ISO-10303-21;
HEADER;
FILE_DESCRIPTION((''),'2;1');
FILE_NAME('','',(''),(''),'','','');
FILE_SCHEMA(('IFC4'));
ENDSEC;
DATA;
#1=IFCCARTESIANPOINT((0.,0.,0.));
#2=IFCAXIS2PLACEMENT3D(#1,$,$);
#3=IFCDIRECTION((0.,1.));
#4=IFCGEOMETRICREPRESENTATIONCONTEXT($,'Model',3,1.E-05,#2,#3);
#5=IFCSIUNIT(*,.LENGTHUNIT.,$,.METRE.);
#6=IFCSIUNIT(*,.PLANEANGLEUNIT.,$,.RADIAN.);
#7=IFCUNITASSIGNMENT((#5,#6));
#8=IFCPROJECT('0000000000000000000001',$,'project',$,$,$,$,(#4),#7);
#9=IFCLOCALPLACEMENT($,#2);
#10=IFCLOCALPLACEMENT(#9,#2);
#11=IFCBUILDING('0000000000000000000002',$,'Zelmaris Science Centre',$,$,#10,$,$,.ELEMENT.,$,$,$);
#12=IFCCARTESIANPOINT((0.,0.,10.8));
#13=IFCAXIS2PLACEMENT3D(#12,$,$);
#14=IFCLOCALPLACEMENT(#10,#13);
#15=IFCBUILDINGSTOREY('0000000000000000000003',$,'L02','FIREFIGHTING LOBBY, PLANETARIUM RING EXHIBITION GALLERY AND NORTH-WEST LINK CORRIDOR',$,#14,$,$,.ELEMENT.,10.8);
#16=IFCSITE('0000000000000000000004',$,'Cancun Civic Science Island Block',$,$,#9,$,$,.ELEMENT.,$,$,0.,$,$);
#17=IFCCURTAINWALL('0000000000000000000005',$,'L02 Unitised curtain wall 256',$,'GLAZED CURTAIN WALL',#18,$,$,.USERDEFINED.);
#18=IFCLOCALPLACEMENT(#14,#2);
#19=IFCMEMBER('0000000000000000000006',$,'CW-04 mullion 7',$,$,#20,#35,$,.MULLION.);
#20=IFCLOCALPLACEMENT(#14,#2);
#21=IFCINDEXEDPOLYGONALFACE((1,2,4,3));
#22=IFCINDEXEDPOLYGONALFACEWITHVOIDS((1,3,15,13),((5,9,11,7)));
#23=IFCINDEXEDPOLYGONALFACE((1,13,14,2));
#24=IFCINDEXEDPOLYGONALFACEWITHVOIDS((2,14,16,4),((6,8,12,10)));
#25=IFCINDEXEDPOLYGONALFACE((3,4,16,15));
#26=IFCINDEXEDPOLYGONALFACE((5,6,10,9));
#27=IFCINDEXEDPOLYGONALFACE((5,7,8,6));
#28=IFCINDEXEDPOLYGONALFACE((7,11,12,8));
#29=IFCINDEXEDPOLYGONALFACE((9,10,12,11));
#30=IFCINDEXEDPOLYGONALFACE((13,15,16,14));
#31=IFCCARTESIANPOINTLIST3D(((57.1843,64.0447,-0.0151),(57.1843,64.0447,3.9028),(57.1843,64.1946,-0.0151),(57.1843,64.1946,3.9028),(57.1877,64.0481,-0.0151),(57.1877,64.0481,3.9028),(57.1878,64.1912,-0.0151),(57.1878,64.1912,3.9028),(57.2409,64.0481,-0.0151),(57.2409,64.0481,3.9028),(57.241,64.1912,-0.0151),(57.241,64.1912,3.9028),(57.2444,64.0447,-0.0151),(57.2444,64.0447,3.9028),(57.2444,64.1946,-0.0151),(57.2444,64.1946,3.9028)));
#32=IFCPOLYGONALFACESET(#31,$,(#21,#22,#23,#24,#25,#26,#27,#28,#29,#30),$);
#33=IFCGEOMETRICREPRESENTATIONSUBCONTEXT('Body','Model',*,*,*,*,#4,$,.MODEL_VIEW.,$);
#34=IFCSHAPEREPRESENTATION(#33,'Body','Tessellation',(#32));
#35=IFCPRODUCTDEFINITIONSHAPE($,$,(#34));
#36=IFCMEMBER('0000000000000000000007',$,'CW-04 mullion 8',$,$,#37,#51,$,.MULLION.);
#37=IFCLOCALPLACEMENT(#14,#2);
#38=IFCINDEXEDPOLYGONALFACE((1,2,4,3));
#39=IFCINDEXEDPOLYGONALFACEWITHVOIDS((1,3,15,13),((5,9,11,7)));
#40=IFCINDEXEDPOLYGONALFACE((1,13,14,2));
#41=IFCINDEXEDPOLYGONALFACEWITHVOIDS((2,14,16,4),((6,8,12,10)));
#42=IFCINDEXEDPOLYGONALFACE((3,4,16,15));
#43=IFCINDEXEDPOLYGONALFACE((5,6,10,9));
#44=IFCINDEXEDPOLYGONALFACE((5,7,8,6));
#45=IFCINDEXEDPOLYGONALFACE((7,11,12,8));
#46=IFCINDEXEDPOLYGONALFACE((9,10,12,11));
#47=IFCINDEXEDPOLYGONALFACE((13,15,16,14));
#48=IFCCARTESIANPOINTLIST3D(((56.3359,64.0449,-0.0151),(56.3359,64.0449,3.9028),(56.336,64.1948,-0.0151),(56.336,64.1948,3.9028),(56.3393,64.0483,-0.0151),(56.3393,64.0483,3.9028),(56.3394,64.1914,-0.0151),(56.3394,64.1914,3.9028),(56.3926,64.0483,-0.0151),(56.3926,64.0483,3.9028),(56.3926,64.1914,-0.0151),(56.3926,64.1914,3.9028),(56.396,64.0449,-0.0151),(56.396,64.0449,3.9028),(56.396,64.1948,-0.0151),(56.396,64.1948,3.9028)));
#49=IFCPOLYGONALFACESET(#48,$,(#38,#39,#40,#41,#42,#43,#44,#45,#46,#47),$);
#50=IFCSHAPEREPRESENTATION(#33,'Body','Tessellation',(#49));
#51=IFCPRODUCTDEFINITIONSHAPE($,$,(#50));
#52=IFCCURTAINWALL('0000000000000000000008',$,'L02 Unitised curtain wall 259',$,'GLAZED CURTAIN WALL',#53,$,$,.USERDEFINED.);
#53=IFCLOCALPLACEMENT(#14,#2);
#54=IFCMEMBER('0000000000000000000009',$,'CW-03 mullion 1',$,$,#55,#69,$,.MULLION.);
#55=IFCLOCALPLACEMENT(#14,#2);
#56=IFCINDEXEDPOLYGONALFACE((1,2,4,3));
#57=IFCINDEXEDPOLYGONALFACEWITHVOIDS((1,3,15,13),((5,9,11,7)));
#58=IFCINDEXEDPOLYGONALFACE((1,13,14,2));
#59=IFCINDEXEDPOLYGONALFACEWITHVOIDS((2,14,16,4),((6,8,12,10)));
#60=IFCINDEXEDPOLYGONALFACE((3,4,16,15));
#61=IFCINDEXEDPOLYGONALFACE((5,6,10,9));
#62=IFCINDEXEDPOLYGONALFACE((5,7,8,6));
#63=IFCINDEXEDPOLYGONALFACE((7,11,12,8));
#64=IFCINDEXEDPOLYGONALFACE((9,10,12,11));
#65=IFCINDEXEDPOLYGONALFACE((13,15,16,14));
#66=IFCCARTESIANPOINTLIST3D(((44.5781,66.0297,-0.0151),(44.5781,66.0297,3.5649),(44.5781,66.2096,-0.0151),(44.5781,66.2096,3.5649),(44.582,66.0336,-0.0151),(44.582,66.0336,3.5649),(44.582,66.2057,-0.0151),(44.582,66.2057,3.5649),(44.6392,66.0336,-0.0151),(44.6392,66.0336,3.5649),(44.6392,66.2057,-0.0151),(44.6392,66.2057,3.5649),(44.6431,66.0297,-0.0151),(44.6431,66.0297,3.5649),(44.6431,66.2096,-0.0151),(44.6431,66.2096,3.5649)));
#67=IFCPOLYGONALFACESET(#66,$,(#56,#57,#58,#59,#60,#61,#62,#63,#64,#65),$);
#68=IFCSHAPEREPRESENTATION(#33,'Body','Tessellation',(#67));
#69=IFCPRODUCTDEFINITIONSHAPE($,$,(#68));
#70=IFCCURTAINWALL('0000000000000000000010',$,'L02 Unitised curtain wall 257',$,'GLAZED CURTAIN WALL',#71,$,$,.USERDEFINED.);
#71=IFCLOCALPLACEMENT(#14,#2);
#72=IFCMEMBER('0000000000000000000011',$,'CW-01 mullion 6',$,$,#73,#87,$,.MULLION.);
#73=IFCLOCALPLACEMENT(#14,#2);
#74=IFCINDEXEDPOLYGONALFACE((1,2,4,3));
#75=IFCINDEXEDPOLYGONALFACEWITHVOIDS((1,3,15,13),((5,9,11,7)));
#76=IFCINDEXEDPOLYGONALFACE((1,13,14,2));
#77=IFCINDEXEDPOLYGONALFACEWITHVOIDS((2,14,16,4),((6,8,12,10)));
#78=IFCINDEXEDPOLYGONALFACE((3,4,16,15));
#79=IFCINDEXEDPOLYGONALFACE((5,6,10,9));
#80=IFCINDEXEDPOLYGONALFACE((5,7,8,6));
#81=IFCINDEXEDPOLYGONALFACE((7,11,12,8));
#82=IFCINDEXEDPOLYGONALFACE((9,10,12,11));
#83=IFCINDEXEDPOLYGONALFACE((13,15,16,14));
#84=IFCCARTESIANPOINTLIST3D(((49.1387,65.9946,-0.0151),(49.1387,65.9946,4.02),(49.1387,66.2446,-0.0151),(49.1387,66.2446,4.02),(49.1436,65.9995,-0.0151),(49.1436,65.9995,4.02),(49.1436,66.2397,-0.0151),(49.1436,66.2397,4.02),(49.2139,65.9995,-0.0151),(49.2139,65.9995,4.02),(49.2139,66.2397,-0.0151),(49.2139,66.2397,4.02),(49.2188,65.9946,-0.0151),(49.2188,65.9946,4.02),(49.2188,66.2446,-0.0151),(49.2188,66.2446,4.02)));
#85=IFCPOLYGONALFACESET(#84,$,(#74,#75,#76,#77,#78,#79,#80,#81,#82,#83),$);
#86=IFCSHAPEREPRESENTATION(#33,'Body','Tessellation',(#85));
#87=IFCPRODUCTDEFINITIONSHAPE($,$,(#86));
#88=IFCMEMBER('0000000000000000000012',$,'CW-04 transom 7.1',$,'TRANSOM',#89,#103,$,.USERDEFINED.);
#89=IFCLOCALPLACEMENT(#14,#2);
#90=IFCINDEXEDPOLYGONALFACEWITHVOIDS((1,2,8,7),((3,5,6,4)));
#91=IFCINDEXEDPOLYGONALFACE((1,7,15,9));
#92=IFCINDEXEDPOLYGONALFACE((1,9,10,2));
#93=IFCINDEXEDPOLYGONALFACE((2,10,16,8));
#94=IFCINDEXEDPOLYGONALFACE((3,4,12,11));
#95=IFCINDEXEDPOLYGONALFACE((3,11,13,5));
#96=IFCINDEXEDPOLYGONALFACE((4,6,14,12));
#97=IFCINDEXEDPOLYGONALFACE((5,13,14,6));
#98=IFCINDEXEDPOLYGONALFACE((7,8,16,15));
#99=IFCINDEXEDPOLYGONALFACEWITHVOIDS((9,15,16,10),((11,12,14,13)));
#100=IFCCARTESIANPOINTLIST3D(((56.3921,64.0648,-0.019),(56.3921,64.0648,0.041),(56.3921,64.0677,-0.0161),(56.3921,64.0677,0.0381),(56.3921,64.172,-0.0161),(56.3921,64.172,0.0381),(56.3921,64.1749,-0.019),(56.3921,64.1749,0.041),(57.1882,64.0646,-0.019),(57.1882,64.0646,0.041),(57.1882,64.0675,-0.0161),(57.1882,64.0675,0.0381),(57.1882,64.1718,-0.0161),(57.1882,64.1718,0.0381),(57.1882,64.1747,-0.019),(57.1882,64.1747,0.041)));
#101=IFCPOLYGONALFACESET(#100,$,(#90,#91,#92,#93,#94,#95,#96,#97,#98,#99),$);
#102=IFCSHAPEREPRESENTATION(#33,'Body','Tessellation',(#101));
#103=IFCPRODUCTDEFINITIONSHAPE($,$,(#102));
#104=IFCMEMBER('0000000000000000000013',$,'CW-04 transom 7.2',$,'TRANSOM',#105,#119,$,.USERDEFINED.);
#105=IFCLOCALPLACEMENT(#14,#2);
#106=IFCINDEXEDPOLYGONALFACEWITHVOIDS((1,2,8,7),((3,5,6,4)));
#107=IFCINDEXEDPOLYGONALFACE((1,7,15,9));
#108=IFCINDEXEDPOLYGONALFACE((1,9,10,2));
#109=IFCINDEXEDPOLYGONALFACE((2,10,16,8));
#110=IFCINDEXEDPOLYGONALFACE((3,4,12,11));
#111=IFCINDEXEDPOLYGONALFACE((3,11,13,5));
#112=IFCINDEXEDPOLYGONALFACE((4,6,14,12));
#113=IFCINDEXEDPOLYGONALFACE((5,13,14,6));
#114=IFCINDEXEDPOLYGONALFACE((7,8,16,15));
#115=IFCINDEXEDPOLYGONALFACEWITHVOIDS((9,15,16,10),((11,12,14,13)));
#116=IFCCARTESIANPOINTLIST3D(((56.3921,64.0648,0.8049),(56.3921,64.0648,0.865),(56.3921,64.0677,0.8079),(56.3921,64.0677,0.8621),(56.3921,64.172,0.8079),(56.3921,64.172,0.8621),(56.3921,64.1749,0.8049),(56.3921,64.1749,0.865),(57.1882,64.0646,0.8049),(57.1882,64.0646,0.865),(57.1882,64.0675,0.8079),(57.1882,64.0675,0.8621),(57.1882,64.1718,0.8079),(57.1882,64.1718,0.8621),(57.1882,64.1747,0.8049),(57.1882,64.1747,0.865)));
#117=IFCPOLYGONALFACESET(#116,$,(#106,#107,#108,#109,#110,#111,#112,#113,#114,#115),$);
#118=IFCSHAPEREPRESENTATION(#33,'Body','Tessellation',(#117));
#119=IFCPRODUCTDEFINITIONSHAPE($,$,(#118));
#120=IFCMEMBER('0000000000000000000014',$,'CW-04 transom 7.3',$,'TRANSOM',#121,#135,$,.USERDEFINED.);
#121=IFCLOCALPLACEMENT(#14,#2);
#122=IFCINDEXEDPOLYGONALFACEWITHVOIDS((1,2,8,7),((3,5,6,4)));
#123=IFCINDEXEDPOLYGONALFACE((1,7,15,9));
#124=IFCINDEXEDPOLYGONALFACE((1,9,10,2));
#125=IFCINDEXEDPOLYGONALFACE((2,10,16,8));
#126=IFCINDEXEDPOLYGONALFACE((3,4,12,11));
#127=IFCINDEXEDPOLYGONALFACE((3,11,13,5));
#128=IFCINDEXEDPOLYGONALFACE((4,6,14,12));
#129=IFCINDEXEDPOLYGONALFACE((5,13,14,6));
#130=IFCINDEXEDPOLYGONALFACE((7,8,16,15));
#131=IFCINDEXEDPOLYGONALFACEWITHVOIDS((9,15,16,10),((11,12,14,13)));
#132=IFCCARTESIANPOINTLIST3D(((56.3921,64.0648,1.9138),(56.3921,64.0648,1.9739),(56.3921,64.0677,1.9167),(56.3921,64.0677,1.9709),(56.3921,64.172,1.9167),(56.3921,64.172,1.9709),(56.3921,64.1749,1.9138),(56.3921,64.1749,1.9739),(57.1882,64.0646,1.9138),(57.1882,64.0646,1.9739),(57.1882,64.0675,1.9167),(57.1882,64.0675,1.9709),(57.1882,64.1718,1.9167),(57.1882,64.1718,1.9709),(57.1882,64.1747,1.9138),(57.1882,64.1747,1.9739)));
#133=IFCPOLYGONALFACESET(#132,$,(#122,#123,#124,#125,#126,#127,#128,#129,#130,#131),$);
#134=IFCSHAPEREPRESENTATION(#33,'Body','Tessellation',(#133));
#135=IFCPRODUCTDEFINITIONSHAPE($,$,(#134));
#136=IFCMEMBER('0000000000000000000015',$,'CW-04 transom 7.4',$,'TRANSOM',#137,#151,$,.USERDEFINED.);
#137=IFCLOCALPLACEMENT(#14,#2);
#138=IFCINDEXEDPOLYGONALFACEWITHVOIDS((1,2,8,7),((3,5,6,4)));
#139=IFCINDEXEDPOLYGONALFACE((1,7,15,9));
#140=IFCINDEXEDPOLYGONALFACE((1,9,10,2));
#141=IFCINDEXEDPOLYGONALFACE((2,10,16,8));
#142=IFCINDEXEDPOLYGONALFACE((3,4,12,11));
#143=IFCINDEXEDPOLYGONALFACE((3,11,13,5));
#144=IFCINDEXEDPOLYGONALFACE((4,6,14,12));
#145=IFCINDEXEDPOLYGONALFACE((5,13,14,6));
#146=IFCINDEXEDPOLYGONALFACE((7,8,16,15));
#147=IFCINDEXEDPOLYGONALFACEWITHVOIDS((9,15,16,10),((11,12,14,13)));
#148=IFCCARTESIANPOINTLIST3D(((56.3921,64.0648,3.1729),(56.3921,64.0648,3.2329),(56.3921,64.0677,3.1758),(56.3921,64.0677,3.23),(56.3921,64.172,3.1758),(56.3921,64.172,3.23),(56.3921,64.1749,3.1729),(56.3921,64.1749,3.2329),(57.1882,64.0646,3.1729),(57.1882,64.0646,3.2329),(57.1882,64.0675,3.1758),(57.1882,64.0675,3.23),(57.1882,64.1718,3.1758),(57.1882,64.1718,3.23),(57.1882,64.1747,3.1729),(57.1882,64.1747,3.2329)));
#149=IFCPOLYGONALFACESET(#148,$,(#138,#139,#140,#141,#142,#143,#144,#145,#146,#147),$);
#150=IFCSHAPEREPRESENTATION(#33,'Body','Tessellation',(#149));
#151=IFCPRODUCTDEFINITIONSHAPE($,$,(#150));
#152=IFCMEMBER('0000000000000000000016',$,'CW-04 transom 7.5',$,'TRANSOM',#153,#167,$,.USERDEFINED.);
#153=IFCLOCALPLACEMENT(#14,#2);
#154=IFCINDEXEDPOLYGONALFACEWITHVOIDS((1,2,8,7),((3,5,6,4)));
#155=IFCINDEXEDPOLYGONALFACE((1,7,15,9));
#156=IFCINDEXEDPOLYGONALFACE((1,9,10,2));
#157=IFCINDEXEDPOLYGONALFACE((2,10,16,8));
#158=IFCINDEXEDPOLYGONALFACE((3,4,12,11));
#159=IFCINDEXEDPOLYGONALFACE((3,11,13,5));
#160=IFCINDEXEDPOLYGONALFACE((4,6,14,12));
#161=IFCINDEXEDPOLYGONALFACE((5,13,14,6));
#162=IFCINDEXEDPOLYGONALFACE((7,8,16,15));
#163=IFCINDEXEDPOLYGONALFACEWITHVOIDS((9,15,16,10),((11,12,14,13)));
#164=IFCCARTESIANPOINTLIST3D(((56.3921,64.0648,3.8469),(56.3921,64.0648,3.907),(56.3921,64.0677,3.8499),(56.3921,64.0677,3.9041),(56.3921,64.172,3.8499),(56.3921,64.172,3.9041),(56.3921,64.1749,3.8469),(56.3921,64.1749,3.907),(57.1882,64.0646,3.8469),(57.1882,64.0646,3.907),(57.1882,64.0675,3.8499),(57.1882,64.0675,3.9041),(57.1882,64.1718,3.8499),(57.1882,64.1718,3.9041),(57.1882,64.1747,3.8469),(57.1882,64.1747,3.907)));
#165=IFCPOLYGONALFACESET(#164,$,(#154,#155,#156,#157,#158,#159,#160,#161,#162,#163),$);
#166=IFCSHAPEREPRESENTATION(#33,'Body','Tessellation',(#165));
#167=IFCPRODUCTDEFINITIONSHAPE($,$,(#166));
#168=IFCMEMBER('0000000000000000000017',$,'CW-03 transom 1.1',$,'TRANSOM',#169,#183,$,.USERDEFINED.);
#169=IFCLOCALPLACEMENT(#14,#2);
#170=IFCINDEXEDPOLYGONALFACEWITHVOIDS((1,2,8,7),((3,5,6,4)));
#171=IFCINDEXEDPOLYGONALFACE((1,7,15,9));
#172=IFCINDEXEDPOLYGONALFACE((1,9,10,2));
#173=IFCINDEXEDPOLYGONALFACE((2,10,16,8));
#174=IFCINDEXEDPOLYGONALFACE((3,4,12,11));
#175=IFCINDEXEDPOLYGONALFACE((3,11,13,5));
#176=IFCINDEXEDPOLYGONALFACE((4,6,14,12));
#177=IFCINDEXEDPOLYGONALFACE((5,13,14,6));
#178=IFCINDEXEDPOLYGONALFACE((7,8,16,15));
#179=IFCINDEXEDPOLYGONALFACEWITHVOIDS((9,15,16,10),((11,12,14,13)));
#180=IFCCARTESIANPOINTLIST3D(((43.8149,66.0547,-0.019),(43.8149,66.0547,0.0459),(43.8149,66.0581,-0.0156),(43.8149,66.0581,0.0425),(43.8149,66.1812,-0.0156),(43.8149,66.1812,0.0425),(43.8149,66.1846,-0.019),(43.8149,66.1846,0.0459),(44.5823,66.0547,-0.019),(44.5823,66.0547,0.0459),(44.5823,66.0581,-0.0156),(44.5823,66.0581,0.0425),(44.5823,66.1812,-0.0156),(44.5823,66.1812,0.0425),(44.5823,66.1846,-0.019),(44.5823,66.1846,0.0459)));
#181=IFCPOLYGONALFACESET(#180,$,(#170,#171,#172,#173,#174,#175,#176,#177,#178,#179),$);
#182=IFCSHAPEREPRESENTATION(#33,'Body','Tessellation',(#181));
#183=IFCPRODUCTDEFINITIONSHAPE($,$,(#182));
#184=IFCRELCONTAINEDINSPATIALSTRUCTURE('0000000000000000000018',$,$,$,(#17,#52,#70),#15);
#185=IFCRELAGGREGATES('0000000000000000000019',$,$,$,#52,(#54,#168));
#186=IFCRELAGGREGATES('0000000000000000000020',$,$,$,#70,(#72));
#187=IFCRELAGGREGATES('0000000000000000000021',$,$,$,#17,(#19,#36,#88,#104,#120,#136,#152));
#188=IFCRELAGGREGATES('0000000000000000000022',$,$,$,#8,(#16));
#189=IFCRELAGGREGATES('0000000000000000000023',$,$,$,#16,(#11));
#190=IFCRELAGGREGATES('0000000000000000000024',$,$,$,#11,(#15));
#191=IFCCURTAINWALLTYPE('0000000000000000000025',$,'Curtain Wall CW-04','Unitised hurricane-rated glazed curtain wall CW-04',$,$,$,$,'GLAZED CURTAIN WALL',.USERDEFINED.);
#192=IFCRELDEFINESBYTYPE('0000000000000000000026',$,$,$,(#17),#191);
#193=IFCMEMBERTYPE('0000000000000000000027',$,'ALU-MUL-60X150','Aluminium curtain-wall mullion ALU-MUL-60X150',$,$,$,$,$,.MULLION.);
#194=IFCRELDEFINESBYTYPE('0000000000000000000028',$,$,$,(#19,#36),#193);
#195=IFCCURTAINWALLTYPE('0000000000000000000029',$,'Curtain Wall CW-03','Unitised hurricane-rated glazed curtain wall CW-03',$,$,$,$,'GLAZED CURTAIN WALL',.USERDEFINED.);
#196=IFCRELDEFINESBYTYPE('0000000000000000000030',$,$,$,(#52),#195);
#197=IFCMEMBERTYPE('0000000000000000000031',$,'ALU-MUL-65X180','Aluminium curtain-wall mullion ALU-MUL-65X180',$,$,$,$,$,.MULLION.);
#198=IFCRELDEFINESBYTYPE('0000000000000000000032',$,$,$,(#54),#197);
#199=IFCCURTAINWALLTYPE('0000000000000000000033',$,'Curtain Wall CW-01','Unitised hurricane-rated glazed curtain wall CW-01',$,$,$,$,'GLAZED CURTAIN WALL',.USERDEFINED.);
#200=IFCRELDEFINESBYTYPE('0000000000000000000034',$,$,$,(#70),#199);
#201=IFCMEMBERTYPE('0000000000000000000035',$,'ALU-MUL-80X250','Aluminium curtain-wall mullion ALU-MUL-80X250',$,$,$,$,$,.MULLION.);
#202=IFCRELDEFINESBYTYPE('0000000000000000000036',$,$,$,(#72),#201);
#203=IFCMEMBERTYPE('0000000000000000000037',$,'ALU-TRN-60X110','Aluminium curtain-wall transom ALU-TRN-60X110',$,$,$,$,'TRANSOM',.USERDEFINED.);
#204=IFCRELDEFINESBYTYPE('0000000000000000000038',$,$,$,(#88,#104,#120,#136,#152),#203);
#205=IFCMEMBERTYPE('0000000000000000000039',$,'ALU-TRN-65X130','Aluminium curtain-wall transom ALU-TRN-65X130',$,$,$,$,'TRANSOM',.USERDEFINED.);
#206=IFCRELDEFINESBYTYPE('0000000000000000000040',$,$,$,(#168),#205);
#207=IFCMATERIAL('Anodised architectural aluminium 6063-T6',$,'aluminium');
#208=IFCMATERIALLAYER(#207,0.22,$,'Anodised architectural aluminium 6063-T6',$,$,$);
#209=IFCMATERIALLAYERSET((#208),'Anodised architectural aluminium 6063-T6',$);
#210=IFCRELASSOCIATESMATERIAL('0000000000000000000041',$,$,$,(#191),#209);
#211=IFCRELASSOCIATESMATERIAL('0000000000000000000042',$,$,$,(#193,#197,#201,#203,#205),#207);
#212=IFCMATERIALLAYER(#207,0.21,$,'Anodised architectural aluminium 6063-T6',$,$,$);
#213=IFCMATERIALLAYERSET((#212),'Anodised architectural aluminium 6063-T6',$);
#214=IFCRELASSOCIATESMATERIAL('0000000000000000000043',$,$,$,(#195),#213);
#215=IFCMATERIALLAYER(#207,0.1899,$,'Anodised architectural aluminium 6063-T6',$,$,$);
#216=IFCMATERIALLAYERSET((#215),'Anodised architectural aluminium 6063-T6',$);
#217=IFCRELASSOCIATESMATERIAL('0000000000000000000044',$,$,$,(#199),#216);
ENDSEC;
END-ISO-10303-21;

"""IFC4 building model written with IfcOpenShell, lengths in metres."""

from ifc_helpers import new_model, si_unit, direction, frame, origin, origin_2d, place, context, subcontext, project, spatial, hollow_rectangle, extrude, material, layer, layer_set, material_profile, profile_set, type_object, element, aggregate, save


model = new_model("IFC4")

# Units and contexts
model_context = context("Model", 3, precision=1e-05, world=origin(), true_north=direction((0.0, 1.0)))
body_context = subcontext(model_context, "Body", "Model", "MODEL_VIEW")
ifc_project = project(units=[si_unit("LENGTHUNIT", "METRE"), si_unit("PLANEANGLEUNIT", "RADIAN")], contexts=[model_context])

# Site, building, storey
site_placement = place(None, origin())
site = spatial("IfcSite", under=ifc_project, at=site_placement, Name="Cancun Civic Science Island Block", CompositionType="ELEMENT", RefElevation=0.0)
building_placement = place(site_placement, origin())
building = spatial("IfcBuilding", under=site, at=building_placement, Name="Zelmaris Science Centre", CompositionType="ELEMENT")
storey_placement = place(building_placement, frame((0.0, 0.0, 10.8)))
storey = spatial("IfcBuildingStorey", under=building, at=storey_placement, Name="L02", Description="FIREFIGHTING LOBBY, PLANETARIUM RING EXHIBITION GALLERY AND NORTH-WEST LINK CORRIDOR", CompositionType="ELEMENT", Elevation=10.8)

# Curtain wall, members
ifc_material_1 = material(Name="Anodised architectural aluminium 6063-T6", Category="aluminium")
ifc_layer_1 = layer(ifc_material_1, 0.22, Name="Anodised architectural aluminium 6063-T6")
ifc_layer_set_1 = layer_set([ifc_layer_1], Name="Anodised architectural aluminium 6063-T6")
curtain_wall_type_1 = type_object("IfcCurtainWallType", Name="Curtain Wall CW-04", Description="Unitised hurricane-rated glazed curtain wall CW-04", ElementType="GLAZED CURTAIN WALL", PredefinedType="USERDEFINED", material=ifc_layer_set_1)
curtain_wall_1_placement = place(storey_placement, origin())
curtain_wall_1 = element("IfcCurtainWall", 1, at=curtain_wall_1_placement, inside=storey, type_object=curtain_wall_type_1, Name="L02 Unitised curtain wall 256", ObjectType="GLAZED CURTAIN WALL", PredefinedType="USERDEFINED")
ifc_material_profile_1 = material_profile(ifc_material_1, hollow_rectangle(XDim=0.0601, YDim=0.1499, WallThickness=0.0034, at=origin_2d()), Name="ALU-MUL-60X150")
ifc_profile_set_1 = profile_set([ifc_material_profile_1], Name="Anodised architectural aluminium 6063-T6")
member_type_1 = type_object("IfcMemberType", Name="ALU-MUL-60X150", Description="Aluminium curtain-wall mullion ALU-MUL-60X150", PredefinedType="MULLION", material=ifc_profile_set_1)
member_1_placement = place(storey_placement, frame((57.2144, 64.1196, -0.0151), z_axis=(0.0, 0.0, 1.0), x_axis=(-1.0, 0.000243, 0.0)))
member_1 = element("IfcMember", 2, at=member_1_placement, type_object=member_type_1, Name="CW-04 mullion 7", PredefinedType="MULLION", context=body_context, shape_type="SweptSolid", body=[
    extrude(hollow_rectangle(XDim=0.0601, YDim=0.1499, WallThickness=0.0034, at=origin_2d()), origin(), (0.0, 0.0, 1.0), 3.918),
])
member_2_placement = place(storey_placement, frame((56.366, 64.1199, -0.0151), z_axis=(0.0, 0.0, 1.0), x_axis=(-1.0, 0.000243, 0.0)))
member_2 = element("IfcMember", 3, at=member_2_placement, type_object=member_type_1, Name="CW-04 mullion 8", PredefinedType="MULLION", context=body_context, shape_type="SweptSolid", body=[
    extrude(hollow_rectangle(XDim=0.0601, YDim=0.1499, WallThickness=0.0034, at=origin_2d()), origin(), (0.0, 0.0, 1.0), 3.918),
])

# Curtain walls, members
ifc_layer_2 = layer(ifc_material_1, 0.21, Name="Anodised architectural aluminium 6063-T6")
ifc_layer_set_2 = layer_set([ifc_layer_2], Name="Anodised architectural aluminium 6063-T6")
curtain_wall_type_2 = type_object("IfcCurtainWallType", Name="Curtain Wall CW-03", Description="Unitised hurricane-rated glazed curtain wall CW-03", ElementType="GLAZED CURTAIN WALL", PredefinedType="USERDEFINED", material=ifc_layer_set_2)
curtain_wall_2_placement = place(storey_placement, origin())
curtain_wall_2 = element("IfcCurtainWall", 4, at=curtain_wall_2_placement, inside=storey, type_object=curtain_wall_type_2, Name="L02 Unitised curtain wall 259", ObjectType="GLAZED CURTAIN WALL", PredefinedType="USERDEFINED")
ifc_material_profile_2 = material_profile(ifc_material_1, hollow_rectangle(XDim=0.0649, YDim=0.1799, WallThickness=0.0039, at=origin_2d()), Name="ALU-MUL-65X180")
ifc_profile_set_2 = profile_set([ifc_material_profile_2], Name="Anodised architectural aluminium 6063-T6")
member_type_2 = type_object("IfcMemberType", Name="ALU-MUL-65X180", Description="Aluminium curtain-wall mullion ALU-MUL-65X180", PredefinedType="MULLION", material=ifc_profile_set_2)
member_3_placement = place(storey_placement, frame((44.6106, 66.1196, -0.0151), z_axis=(0.0, 0.0, 1.0), x_axis=(-1.0, 0.0, 0.0)))
member_3 = element("IfcMember", 5, at=member_3_placement, type_object=member_type_2, Name="CW-03 mullion 1", PredefinedType="MULLION", context=body_context, shape_type="SweptSolid", body=[
    extrude(hollow_rectangle(XDim=0.0649, YDim=0.1799, WallThickness=0.0039, at=origin_2d()), origin(), (0.0, 0.0, 1.0), 3.5801),
])
ifc_layer_3 = layer(ifc_material_1, 0.1899, Name="Anodised architectural aluminium 6063-T6")
ifc_layer_set_3 = layer_set([ifc_layer_3], Name="Anodised architectural aluminium 6063-T6")
curtain_wall_type_3 = type_object("IfcCurtainWallType", Name="Curtain Wall CW-01", Description="Unitised hurricane-rated glazed curtain wall CW-01", ElementType="GLAZED CURTAIN WALL", PredefinedType="USERDEFINED", material=ifc_layer_set_3)
curtain_wall_3_placement = place(storey_placement, origin())
curtain_wall_3 = element("IfcCurtainWall", 6, at=curtain_wall_3_placement, inside=storey, type_object=curtain_wall_type_3, Name="L02 Unitised curtain wall 257", ObjectType="GLAZED CURTAIN WALL", PredefinedType="USERDEFINED")
ifc_material_profile_3 = material_profile(ifc_material_1, hollow_rectangle(XDim=0.0801, YDim=0.25, WallThickness=0.0049, at=origin_2d()), Name="ALU-MUL-80X250")
ifc_profile_set_3 = profile_set([ifc_material_profile_3], Name="Anodised architectural aluminium 6063-T6")
member_type_3 = type_object("IfcMemberType", Name="ALU-MUL-80X250", Description="Aluminium curtain-wall mullion ALU-MUL-80X250", PredefinedType="MULLION", material=ifc_profile_set_3)
member_4_placement = place(storey_placement, frame((49.1787, 66.1196, -0.0151), z_axis=(0.0, 0.0, 1.0), x_axis=(-1.0, 0.0, 0.0)))
member_4 = element("IfcMember", 7, at=member_4_placement, type_object=member_type_3, Name="CW-01 mullion 6", PredefinedType="MULLION", context=body_context, shape_type="SweptSolid", body=[
    extrude(hollow_rectangle(XDim=0.0801, YDim=0.25, WallThickness=0.0049, at=origin_2d()), origin(), (0.0, 0.0, 1.0), 4.0352),
])

# Members
ifc_material_profile_4 = material_profile(ifc_material_1, hollow_rectangle(XDim=0.0601, YDim=0.1101, WallThickness=0.0029, at=origin_2d()), Name="ALU-TRN-60X110")
ifc_profile_set_4 = profile_set([ifc_material_profile_4], Name="Anodised architectural aluminium 6063-T6")
member_type_4 = type_object("IfcMemberType", Name="ALU-TRN-60X110", Description="Aluminium curtain-wall transom ALU-TRN-60X110", ElementType="TRANSOM", PredefinedType="USERDEFINED", material=ifc_profile_set_4)
member_5_placement = place(storey_placement, frame((57.1882, 64.1196, 0.011), z_axis=(-1.0, 0.000307, 0.0), x_axis=(0.0, 0.0, 1.0)))
member_5 = element("IfcMember", 8, at=member_5_placement, type_object=member_type_4, Name="CW-04 transom 7.1", ObjectType="TRANSOM", PredefinedType="USERDEFINED", context=body_context, shape_type="SweptSolid", body=[
    extrude(hollow_rectangle(XDim=0.0601, YDim=0.1101, WallThickness=0.0029, at=origin_2d()), origin(), (0.0, 0.0, 1.0), 0.7961),
])
member_6_placement = place(storey_placement, frame((57.1882, 64.1196, 0.835), z_axis=(-1.0, 0.000307, 0.0), x_axis=(0.0, 0.0, 1.0)))
member_6 = element("IfcMember", 9, at=member_6_placement, type_object=member_type_4, Name="CW-04 transom 7.2", ObjectType="TRANSOM", PredefinedType="USERDEFINED", context=body_context, shape_type="SweptSolid", body=[
    extrude(hollow_rectangle(XDim=0.0601, YDim=0.1101, WallThickness=0.0029, at=origin_2d()), origin(), (0.0, 0.0, 1.0), 0.7961),
])
member_7_placement = place(storey_placement, frame((57.1882, 64.1196, 1.9438), z_axis=(-1.0, 0.000307, 0.0), x_axis=(0.0, 0.0, 1.0)))
member_7 = element("IfcMember", 10, at=member_7_placement, type_object=member_type_4, Name="CW-04 transom 7.3", ObjectType="TRANSOM", PredefinedType="USERDEFINED", context=body_context, shape_type="SweptSolid", body=[
    extrude(hollow_rectangle(XDim=0.0601, YDim=0.1101, WallThickness=0.0029, at=origin_2d()), origin(), (0.0, 0.0, 1.0), 0.7961),
])
member_8_placement = place(storey_placement, frame((57.1882, 64.1196, 3.2029), z_axis=(-1.0, 0.000307, 0.0), x_axis=(0.0, 0.0, 1.0)))
member_8 = element("IfcMember", 11, at=member_8_placement, type_object=member_type_4, Name="CW-04 transom 7.4", ObjectType="TRANSOM", PredefinedType="USERDEFINED", context=body_context, shape_type="SweptSolid", body=[
    extrude(hollow_rectangle(XDim=0.0601, YDim=0.1101, WallThickness=0.0029, at=origin_2d()), origin(), (0.0, 0.0, 1.0), 0.7961),
])
member_9_placement = place(storey_placement, frame((57.1882, 64.1196, 3.877), z_axis=(-1.0, 0.000307, 0.0), x_axis=(0.0, 0.0, 1.0)))
member_9 = element("IfcMember", 12, at=member_9_placement, type_object=member_type_4, Name="CW-04 transom 7.5", ObjectType="TRANSOM", PredefinedType="USERDEFINED", context=body_context, shape_type="SweptSolid", body=[
    extrude(hollow_rectangle(XDim=0.0601, YDim=0.1101, WallThickness=0.0029, at=origin_2d()), origin(), (0.0, 0.0, 1.0), 0.7961),
])
ifc_material_profile_5 = material_profile(ifc_material_1, hollow_rectangle(XDim=0.0649, YDim=0.1299, WallThickness=0.0034, at=origin_2d()), Name="ALU-TRN-65X130")
ifc_profile_set_5 = profile_set([ifc_material_profile_5], Name="Anodised architectural aluminium 6063-T6")
member_type_5 = type_object("IfcMemberType", Name="ALU-TRN-65X130", Description="Aluminium curtain-wall transom ALU-TRN-65X130", ElementType="TRANSOM", PredefinedType="USERDEFINED", material=ifc_profile_set_5)
member_10_placement = place(storey_placement, frame((44.5823, 66.1196, 0.0134), z_axis=(-1.0, 0.0, 0.0), x_axis=(0.0, 0.0, 1.0)))
member_10 = element("IfcMember", 13, at=member_10_placement, type_object=member_type_5, Name="CW-03 transom 1.1", ObjectType="TRANSOM", PredefinedType="USERDEFINED", context=body_context, shape_type="SweptSolid", body=[
    extrude(hollow_rectangle(XDim=0.0649, YDim=0.1299, WallThickness=0.0034, at=origin_2d()), origin(), (0.0, 0.0, 1.0), 0.7673),
])
aggregate(curtain_wall_2, [member_3, member_10])

aggregate(curtain_wall_3, [member_4])
aggregate(curtain_wall_1, [member_1, member_2, member_5, member_6, member_7, member_8, member_9])

save(model, "model.ifc")
